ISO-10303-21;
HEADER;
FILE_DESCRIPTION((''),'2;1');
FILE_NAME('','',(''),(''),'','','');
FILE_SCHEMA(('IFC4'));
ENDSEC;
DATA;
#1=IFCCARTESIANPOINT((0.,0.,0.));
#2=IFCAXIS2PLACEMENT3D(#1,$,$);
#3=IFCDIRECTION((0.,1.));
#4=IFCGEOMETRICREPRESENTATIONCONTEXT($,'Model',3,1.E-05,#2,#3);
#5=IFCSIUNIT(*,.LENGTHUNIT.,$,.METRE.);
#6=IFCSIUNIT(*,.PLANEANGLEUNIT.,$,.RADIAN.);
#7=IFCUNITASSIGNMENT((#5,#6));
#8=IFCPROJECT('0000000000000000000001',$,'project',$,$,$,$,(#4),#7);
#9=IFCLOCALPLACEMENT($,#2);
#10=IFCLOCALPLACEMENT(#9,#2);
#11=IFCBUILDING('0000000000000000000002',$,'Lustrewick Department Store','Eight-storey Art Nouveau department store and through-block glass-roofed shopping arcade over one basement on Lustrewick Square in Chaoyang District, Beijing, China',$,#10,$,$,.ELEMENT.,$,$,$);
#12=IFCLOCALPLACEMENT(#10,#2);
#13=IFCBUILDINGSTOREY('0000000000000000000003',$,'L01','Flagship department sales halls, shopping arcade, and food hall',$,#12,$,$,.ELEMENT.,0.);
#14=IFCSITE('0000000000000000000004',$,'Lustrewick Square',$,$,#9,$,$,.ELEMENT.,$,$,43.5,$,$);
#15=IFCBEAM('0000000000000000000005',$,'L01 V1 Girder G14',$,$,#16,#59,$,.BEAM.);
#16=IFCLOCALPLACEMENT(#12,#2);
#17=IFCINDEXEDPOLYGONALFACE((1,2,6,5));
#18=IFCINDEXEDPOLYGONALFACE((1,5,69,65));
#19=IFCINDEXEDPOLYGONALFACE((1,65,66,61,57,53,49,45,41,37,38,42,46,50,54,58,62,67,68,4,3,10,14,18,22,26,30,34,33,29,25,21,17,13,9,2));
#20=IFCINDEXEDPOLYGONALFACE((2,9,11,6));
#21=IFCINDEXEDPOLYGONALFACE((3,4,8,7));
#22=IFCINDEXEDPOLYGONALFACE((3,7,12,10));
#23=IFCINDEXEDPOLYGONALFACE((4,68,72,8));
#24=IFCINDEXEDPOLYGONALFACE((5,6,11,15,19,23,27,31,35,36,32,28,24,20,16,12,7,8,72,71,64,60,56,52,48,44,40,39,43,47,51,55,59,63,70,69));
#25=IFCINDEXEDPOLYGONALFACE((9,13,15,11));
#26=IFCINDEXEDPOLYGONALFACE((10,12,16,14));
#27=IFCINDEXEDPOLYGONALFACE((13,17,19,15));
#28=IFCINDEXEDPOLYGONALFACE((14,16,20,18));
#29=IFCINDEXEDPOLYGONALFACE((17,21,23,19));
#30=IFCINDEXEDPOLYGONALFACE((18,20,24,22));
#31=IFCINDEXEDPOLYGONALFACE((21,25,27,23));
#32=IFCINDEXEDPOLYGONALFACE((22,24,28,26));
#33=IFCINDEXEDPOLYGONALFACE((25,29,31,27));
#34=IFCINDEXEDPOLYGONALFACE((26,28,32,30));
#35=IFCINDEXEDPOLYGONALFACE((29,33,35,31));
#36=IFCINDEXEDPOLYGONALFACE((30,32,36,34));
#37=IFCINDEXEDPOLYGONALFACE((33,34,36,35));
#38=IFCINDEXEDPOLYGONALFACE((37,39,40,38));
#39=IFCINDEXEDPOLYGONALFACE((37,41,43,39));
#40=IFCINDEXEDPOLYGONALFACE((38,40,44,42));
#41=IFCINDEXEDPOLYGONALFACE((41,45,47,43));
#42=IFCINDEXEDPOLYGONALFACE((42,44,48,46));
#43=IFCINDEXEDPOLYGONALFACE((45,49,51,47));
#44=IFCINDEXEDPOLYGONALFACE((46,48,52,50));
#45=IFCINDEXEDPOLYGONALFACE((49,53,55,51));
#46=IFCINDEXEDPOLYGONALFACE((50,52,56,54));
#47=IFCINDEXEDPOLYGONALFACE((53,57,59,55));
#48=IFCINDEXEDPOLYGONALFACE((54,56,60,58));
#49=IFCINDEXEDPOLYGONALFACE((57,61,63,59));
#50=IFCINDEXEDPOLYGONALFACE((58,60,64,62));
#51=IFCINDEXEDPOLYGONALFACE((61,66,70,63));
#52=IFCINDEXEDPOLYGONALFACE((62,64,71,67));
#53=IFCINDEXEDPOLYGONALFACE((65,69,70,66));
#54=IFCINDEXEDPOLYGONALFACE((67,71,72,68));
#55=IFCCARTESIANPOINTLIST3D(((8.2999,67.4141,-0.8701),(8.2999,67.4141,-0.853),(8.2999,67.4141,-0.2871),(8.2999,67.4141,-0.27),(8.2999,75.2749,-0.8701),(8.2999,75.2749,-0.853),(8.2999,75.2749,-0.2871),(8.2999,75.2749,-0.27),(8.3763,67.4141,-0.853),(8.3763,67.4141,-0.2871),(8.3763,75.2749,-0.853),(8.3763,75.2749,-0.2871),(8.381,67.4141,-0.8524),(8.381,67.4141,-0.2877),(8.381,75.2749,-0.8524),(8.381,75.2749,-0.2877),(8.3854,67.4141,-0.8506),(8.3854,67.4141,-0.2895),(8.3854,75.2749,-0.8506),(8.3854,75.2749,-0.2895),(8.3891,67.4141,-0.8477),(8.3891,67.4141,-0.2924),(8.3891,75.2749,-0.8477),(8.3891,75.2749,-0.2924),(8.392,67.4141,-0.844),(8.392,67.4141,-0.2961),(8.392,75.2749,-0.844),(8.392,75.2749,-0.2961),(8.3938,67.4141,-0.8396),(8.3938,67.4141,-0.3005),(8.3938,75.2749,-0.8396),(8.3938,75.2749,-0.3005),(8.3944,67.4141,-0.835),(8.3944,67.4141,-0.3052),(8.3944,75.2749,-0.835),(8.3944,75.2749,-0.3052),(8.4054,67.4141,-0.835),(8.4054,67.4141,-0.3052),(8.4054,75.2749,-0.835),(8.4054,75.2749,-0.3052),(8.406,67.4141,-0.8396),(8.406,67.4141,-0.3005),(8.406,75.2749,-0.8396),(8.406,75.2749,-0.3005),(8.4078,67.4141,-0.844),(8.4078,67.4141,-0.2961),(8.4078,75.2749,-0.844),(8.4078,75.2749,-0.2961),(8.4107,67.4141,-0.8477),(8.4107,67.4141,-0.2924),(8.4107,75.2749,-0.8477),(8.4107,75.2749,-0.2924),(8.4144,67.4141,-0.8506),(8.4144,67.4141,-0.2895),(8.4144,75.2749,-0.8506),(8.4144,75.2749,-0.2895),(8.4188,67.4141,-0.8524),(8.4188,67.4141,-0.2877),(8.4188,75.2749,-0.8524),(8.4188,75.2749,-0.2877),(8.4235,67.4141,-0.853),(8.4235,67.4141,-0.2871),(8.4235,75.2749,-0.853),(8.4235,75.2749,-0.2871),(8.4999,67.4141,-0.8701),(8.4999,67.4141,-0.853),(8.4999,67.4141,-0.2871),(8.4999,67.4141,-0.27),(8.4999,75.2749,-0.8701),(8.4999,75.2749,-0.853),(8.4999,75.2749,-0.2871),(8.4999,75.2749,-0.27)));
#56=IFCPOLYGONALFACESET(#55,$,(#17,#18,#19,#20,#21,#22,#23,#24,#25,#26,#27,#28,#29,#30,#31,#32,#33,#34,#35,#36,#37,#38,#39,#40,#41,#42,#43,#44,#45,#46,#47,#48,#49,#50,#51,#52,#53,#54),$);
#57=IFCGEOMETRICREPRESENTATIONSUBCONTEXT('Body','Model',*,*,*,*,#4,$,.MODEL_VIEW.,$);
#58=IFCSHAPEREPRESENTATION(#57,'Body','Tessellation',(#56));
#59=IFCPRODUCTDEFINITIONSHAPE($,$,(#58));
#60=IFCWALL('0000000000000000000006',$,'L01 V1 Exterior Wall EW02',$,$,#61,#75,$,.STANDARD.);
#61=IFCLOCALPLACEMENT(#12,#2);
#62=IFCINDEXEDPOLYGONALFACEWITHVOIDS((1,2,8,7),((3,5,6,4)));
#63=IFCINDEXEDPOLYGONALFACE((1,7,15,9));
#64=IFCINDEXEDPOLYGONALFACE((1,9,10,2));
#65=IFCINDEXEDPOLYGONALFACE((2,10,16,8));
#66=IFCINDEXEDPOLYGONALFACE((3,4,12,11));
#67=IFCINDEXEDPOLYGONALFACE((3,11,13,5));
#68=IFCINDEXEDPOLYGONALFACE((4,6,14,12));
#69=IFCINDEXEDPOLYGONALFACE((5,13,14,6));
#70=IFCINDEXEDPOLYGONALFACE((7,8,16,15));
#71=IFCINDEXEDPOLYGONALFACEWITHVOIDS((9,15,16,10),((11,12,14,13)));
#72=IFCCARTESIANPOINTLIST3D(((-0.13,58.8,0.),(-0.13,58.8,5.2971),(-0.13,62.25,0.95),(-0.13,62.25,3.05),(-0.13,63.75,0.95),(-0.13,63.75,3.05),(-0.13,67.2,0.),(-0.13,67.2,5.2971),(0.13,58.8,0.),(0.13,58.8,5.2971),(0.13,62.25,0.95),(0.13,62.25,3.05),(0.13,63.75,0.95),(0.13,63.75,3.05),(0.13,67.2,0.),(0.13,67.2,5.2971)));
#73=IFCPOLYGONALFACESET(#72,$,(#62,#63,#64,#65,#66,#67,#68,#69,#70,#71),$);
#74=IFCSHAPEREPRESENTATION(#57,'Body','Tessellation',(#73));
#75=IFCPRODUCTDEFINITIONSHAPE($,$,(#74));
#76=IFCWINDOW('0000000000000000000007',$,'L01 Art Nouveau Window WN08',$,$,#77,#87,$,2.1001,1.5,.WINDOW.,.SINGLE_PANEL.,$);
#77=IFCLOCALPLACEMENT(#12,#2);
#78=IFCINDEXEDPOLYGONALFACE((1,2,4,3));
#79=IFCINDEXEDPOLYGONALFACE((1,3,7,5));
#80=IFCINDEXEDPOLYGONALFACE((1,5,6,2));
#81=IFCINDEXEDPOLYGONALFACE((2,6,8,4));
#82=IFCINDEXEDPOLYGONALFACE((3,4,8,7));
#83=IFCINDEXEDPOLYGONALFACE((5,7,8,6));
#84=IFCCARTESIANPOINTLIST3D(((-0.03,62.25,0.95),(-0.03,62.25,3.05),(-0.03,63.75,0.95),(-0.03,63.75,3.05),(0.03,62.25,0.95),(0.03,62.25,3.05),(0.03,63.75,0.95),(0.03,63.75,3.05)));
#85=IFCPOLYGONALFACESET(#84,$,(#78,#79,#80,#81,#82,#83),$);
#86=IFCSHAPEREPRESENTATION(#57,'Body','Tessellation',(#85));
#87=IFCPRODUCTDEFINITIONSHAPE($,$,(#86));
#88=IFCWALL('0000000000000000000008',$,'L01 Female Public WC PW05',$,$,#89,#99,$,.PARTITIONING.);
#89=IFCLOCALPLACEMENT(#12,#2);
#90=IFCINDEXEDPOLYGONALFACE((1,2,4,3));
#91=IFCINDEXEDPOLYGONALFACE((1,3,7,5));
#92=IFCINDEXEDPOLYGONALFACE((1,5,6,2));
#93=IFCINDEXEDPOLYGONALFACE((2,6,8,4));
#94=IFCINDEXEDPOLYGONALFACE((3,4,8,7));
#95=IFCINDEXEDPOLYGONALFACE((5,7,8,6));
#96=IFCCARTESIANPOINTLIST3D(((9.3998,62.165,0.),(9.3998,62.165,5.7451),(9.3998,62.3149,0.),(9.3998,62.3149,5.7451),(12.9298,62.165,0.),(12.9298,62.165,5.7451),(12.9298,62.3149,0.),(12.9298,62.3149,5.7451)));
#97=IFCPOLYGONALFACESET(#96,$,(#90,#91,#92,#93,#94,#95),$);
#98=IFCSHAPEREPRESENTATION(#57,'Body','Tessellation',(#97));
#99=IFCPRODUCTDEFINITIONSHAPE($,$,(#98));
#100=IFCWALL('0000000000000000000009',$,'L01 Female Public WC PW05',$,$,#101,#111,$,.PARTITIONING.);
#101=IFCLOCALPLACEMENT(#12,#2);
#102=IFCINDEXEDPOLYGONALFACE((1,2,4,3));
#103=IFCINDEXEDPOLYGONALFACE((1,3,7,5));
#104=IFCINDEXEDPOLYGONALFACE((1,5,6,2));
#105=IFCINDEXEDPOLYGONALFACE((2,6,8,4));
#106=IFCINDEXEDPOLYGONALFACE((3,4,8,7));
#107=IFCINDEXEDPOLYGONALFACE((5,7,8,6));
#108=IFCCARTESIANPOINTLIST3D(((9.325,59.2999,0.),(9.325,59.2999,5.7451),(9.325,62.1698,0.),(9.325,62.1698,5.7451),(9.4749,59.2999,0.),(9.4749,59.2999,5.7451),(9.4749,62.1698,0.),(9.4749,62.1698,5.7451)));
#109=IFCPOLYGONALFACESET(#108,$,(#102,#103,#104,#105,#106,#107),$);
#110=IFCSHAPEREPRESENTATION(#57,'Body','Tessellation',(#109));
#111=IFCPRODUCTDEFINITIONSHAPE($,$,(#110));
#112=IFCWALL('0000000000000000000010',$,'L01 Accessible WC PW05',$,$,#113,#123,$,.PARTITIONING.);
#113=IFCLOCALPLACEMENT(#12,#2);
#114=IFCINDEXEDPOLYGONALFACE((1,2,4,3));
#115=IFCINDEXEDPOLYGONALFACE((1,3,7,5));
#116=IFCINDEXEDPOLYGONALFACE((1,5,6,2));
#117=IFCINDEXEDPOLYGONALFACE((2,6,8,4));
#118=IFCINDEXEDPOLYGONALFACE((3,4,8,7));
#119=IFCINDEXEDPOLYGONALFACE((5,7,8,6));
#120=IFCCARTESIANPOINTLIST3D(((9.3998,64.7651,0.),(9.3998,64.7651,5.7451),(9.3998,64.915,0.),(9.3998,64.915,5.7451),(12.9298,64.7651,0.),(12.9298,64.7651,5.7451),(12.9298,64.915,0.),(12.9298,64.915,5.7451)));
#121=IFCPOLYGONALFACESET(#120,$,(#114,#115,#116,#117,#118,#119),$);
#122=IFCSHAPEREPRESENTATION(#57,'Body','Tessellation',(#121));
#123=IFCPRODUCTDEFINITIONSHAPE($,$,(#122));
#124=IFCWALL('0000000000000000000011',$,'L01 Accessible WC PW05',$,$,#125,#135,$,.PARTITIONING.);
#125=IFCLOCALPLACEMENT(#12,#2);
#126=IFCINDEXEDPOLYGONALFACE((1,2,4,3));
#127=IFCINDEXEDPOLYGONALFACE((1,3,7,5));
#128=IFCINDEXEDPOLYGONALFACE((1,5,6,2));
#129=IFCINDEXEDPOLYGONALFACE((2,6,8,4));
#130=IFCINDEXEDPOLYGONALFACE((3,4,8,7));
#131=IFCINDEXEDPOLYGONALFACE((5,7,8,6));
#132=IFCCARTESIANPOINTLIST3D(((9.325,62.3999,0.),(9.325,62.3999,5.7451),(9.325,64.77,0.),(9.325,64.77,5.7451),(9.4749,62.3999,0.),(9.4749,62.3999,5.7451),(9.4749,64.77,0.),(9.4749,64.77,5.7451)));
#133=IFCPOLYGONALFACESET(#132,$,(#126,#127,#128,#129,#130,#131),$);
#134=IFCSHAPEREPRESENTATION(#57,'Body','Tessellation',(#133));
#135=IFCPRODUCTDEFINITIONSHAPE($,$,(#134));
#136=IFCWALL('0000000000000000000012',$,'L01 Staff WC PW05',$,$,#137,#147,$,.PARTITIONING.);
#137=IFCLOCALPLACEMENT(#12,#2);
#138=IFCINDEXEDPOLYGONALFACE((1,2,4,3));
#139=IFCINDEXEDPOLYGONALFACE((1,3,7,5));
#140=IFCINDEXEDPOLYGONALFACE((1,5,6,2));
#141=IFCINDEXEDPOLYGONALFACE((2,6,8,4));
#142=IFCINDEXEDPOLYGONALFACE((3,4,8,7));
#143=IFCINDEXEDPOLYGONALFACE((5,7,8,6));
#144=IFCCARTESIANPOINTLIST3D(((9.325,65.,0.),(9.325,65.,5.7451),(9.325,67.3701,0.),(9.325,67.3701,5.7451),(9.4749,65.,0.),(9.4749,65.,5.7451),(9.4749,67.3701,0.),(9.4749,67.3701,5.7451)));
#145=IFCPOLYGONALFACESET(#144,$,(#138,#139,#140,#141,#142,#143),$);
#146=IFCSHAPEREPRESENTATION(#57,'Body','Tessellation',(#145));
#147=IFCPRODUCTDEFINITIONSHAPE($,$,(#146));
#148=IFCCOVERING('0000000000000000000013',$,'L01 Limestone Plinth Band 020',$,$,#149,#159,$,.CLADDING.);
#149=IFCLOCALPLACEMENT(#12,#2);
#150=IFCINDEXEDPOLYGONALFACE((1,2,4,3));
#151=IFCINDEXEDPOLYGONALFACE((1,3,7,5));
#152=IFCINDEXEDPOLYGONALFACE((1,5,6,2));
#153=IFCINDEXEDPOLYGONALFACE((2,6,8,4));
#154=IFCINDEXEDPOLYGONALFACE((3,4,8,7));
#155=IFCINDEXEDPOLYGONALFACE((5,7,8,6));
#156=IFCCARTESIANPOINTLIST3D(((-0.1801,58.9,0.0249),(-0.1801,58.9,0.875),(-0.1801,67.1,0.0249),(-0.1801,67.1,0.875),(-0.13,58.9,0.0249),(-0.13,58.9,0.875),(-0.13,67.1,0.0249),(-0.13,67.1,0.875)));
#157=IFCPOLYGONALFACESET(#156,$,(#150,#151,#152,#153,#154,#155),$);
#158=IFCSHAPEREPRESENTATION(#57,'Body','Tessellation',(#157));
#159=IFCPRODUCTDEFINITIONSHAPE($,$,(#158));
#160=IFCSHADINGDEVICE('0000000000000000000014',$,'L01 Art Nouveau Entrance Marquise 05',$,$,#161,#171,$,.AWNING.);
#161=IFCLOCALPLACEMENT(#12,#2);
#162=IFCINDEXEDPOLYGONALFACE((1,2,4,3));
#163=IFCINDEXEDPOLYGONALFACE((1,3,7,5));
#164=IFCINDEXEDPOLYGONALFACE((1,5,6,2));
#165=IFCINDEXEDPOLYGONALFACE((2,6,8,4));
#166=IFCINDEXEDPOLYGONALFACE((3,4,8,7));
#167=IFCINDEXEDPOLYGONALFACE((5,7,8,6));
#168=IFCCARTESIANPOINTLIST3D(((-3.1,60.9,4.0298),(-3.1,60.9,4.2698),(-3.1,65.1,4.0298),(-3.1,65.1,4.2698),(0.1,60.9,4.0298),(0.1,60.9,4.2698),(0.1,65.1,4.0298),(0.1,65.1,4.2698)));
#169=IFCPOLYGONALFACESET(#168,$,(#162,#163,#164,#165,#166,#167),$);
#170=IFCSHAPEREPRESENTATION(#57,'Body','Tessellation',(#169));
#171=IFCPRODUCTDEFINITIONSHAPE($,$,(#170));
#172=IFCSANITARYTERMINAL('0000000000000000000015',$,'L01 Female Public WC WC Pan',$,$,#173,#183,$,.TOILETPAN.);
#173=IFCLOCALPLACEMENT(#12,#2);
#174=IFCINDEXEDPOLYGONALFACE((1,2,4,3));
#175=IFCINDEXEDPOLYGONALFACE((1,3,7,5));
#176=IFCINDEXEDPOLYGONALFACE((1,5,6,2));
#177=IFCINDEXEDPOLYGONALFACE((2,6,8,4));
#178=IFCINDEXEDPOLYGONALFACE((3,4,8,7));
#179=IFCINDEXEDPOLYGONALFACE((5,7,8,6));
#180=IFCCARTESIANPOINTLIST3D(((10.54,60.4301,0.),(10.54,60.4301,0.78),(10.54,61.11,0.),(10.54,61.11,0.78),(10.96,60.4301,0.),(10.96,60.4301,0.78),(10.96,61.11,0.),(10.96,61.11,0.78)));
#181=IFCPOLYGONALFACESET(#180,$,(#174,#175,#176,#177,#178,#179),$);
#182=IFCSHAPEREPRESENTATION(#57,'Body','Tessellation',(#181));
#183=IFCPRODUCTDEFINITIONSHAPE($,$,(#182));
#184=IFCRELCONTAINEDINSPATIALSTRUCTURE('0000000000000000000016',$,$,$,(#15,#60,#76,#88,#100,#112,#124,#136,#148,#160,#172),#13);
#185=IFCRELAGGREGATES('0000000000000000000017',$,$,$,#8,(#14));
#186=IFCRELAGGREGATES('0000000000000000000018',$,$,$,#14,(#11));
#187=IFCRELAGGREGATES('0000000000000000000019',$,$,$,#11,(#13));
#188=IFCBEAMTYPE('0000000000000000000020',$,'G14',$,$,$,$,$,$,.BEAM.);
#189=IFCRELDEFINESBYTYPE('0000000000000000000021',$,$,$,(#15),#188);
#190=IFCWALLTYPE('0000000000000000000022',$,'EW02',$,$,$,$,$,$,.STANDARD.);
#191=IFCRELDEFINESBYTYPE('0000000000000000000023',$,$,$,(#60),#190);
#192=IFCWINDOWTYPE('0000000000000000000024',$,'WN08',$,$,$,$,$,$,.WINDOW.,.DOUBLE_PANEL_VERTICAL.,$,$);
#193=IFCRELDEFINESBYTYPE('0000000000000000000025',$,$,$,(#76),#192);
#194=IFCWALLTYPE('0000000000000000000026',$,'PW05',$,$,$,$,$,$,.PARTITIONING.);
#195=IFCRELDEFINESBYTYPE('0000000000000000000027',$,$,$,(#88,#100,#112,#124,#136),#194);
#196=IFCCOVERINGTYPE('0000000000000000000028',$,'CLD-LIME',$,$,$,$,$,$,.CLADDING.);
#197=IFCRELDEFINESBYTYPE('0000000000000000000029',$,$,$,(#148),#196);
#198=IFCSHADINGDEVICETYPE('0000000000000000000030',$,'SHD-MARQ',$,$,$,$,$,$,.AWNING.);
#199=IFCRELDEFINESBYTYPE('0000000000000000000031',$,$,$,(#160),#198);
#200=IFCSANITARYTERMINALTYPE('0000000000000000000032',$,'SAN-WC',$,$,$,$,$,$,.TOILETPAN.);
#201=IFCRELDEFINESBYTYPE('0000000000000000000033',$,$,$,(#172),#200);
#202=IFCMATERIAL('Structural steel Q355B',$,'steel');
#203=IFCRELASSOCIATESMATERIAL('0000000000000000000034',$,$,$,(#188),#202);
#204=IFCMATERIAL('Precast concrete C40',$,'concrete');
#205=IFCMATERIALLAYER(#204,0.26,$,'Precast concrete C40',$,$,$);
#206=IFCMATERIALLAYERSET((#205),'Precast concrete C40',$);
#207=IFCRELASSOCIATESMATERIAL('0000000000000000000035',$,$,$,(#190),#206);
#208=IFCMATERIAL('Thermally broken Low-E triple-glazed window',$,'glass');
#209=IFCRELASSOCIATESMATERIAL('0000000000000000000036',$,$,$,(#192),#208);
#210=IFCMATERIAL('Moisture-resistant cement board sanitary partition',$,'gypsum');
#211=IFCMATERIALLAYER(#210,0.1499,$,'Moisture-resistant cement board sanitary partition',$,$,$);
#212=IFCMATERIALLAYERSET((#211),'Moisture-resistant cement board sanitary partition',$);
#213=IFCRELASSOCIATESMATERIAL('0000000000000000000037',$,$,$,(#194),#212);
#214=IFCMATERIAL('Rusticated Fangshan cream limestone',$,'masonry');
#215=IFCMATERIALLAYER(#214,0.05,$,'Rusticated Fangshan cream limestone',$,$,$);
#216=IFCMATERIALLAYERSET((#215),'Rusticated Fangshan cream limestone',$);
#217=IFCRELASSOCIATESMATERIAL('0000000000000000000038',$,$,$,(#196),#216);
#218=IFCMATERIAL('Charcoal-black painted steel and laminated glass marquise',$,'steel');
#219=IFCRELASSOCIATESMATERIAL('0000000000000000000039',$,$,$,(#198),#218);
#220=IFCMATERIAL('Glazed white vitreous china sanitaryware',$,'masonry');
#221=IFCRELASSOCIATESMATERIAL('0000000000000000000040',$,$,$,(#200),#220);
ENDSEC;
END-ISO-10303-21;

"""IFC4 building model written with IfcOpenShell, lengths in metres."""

from ifc_helpers import new_model, si_unit, direction, frame, frame_2d, origin, origin_2d, place, context, subcontext, project, spatial, rectangle, i_section, extrude, material, layer, layer_set, material_profile, profile_set, type_object, element, fill, save


model = new_model("IFC4")

# Units and contexts
model_context = context("Model", 3, precision=1e-05, world=origin(), true_north=direction((0.0, 1.0)))
body_context = subcontext(model_context, "Body", "Model", "MODEL_VIEW")
ifc_project = project(units=[si_unit("LENGTHUNIT", "METRE"), si_unit("PLANEANGLEUNIT", "RADIAN")], contexts=[model_context])

# Site, building, storey
site_placement = place(None, origin())
site = spatial("IfcSite", under=ifc_project, at=site_placement, Name="Lustrewick Square", CompositionType="ELEMENT", RefElevation=43.5)
building_placement = place(site_placement, origin())
building = spatial("IfcBuilding", under=site, at=building_placement, Name="Lustrewick Department Store", Description="Eight-storey Art Nouveau department store and through-block glass-roofed shopping arcade over one basement on Lustrewick Square in Chaoyang District, Beijing, China", CompositionType="ELEMENT")
storey_placement = place(building_placement, origin())
storey = spatial("IfcBuildingStorey", under=building, at=storey_placement, Name="L01", Description="Flagship department sales halls, shopping arcade, and food hall", CompositionType="ELEMENT", Elevation=0.0)

# Shared definitions
ifc_material_1 = material(Name="Structural steel Q355B", Category="steel")

# Beam
ifc_material_profile_1 = material_profile(ifc_material_1, i_section(OverallWidth=0.2, OverallDepth=0.6001, WebThickness=0.011, FlangeThickness=0.0171, FilletRadius=0.0181, at=origin_2d()), Name="HN 600x200x11x17")
ifc_profile_set_1 = profile_set([ifc_material_profile_1], Name="Structural steel Q355B")
beam_type_1 = type_object("IfcBeamType", Name="G14", PredefinedType="BEAM", material=ifc_profile_set_1)
beam_1_placement = place(storey_placement, frame((8.3999, 67.4141, -0.5701), z_axis=(0.0, 1.0, 0.0), x_axis=(-1.0, 0.0, 0.0)))
element("IfcBeam", 1, at=beam_1_placement, inside=storey, type_object=beam_type_1, Name="L01 V1 Girder G14", PredefinedType="BEAM", context=body_context, shape_type="SweptSolid", body=[
    extrude(i_section(OverallWidth=0.2, OverallDepth=0.6001, WebThickness=0.011, FlangeThickness=0.0171, FilletRadius=0.0181, at=origin_2d()), origin(), (0.0, 0.0, 1.0), 7.8608),
])

# Wall, opening, window
ifc_material_2 = material(Name="Precast concrete C40", Category="concrete")
ifc_layer_1 = layer(ifc_material_2, 0.26, Name="Precast concrete C40")
ifc_layer_set_1 = layer_set([ifc_layer_1], Name="Precast concrete C40")
wall_type_1 = type_object("IfcWallType", Name="EW02", PredefinedType="STANDARD", material=ifc_layer_set_1)
wall_1_placement = place(storey_placement, frame((0.0, 67.2, 0.0), z_axis=(0.0, 0.0, 1.0), x_axis=(0.0, -1.0, 0.0)))
wall_1 = element("IfcWall", 2, at=wall_1_placement, inside=storey, type_object=wall_type_1, Name="L01 V1 Exterior Wall EW02", PredefinedType="STANDARD", context=body_context, shape_type="SweptSolid", body=[
    extrude(rectangle(XDim=8.3999, YDim=0.26, at=frame_2d((4.2, 0.0))), origin(), (0.0, 0.0, 1.0), 5.2971),
])
opening_placement = place(wall_1_placement, frame((3.45, 0.0, 0.95)))
opening = element("IfcOpeningElement", 3, at=opening_placement, cuts=wall_1, PredefinedType="OPENING", context=body_context, shape_type="SweptSolid", body=[
    extrude(rectangle(XDim=1.5, YDim=2.1001, at=frame_2d((0.75, 1.05))), frame((0.0, 0.1401, 0.0), z_axis=(0.0, -1.0, 0.0), x_axis=(1.0, 0.0, 0.0)), (0.0, 0.0, 1.0), 0.28),
])
ifc_material_3 = material(Name="Thermally broken Low-E triple-glazed window", Category="glass")
window_type = type_object("IfcWindowType", Name="WN08", PartitioningType="DOUBLE_PANEL_VERTICAL", PredefinedType="WINDOW", material=ifc_material_3)
window_placement = place(opening_placement, origin())
window = element("IfcWindow", 4, at=window_placement, inside=storey, type_object=window_type, Name="L01 Art Nouveau Window WN08", OverallHeight=2.1001, OverallWidth=1.5, PartitioningType="SINGLE_PANEL", PredefinedType="WINDOW", context=body_context, shape_type="SweptSolid", body=[
    extrude(rectangle(XDim=1.5, YDim=2.1001, at=frame_2d((0.75, 1.05))), frame((0.0, 0.03, 0.0), z_axis=(0.0, -1.0, 0.0), x_axis=(1.0, 0.0, 0.0)), (0.0, 0.0, 1.0), 0.0601),
])
fill(opening, window)

# Walls
ifc_material_4 = material(Name="Moisture-resistant cement board sanitary partition", Category="gypsum")
ifc_layer_2 = layer(ifc_material_4, 0.1499, Name="Moisture-resistant cement board sanitary partition")
ifc_layer_set_2 = layer_set([ifc_layer_2], Name="Moisture-resistant cement board sanitary partition")
wall_type_2 = type_object("IfcWallType", Name="PW05", PredefinedType="PARTITIONING", material=ifc_layer_set_2)
wall_2_placement = place(storey_placement, frame((12.9299, 62.24, 0.0), z_axis=(0.0, 0.0, 1.0), x_axis=(-1.0, 0.0, 0.0)))
element("IfcWall", 5, at=wall_2_placement, inside=storey, type_object=wall_type_2, Name="L01 Female Public WC PW05", PredefinedType="PARTITIONING", context=body_context, shape_type="SweptSolid", body=[
    extrude(rectangle(XDim=3.53, YDim=0.1499, at=frame_2d((1.7651, 0.0))), origin(), (0.0, 0.0, 1.0), 5.7451),
])
wall_3_placement = place(storey_placement, frame((9.3999, 62.1699, 0.0), z_axis=(0.0, 0.0, 1.0), x_axis=(0.0, -1.0, 0.0)))
element("IfcWall", 6, at=wall_3_placement, inside=storey, type_object=wall_type_2, Name="L01 Female Public WC PW05", PredefinedType="PARTITIONING", context=body_context, shape_type="SweptSolid", body=[
    extrude(rectangle(XDim=2.8699, YDim=0.1499, at=frame_2d((1.4351, 0.0))), origin(), (0.0, 0.0, 1.0), 5.7451),
])
wall_4_placement = place(storey_placement, frame((12.9299, 64.8401, 0.0), z_axis=(0.0, 0.0, 1.0), x_axis=(-1.0, 0.0, 0.0)))
element("IfcWall", 7, at=wall_4_placement, inside=storey, type_object=wall_type_2, Name="L01 Accessible WC PW05", PredefinedType="PARTITIONING", context=body_context, shape_type="SweptSolid", body=[
    extrude(rectangle(XDim=3.53, YDim=0.1499, at=frame_2d((1.7651, 0.0))), origin(), (0.0, 0.0, 1.0), 5.7451),
])
for number, where, z_axis, x_axis, name in (
    (8, (9.3999, 64.77, 0.0), (0.0, 0.0, 1.0), (0.0, -1.0, 0.0), "L01 Accessible WC PW05"),
    (9, (9.3999, 67.3701, 0.0), (0.0, 0.0, 1.0), (0.0, -1.0, 0.0), "L01 Staff WC PW05"),
):
    element("IfcWall", number, at=place(storey_placement, frame(where, z_axis=z_axis, x_axis=x_axis)), inside=storey, type_object=wall_type_2, Name=name, PredefinedType="PARTITIONING", context=body_context, shape_type="SweptSolid", body=[
        extrude(rectangle(XDim=2.3701, YDim=0.1499, at=frame_2d((1.1851, 0.0))), origin(), (0.0, 0.0, 1.0), 5.7451),
    ])

# Covering
ifc_material_5 = material(Name="Rusticated Fangshan cream limestone", Category="masonry")
ifc_layer_3 = layer(ifc_material_5, 0.05, Name="Rusticated Fangshan cream limestone")
ifc_layer_set_3 = layer_set([ifc_layer_3], Name="Rusticated Fangshan cream limestone")
covering_type = type_object("IfcCoveringType", Name="CLD-LIME", PredefinedType="CLADDING", material=ifc_layer_set_3)
covering_placement = place(storey_placement, frame((-0.155, 63.0, 0.0249), z_axis=(0.0, 0.0, 1.0), x_axis=(0.0, -1.0, 0.0)))
element("IfcCovering", 10, at=covering_placement, inside=storey, type_object=covering_type, Name="L01 Limestone Plinth Band 020", PredefinedType="CLADDING", context=body_context, shape_type="SweptSolid", body=[
    extrude(rectangle(XDim=8.2, YDim=0.05, at=origin_2d()), origin(), (0.0, 0.0, 1.0), 0.8501),
])

# Shading device
ifc_material_6 = material(Name="Charcoal-black painted steel and laminated glass marquise", Category="steel")
shading_device_type = type_object("IfcShadingDeviceType", Name="SHD-MARQ", PredefinedType="AWNING", material=ifc_material_6)
shading_device_placement = place(storey_placement, frame((-1.5, 63.0, 4.0298), z_axis=(0.0, 0.0, 1.0), x_axis=(0.0, 1.0, 0.0)))
element("IfcShadingDevice", 11, at=shading_device_placement, inside=storey, type_object=shading_device_type, Name="L01 Art Nouveau Entrance Marquise 05", PredefinedType="AWNING", context=body_context, shape_type="SweptSolid", body=[
    extrude(rectangle(XDim=4.2, YDim=3.2, at=origin_2d()), origin(), (0.0, 0.0, 1.0), 0.24),
])

# Sanitary terminal
ifc_material_7 = material(Name="Glazed white vitreous china sanitaryware", Category="masonry")
sanitary_terminal_type_1 = type_object("IfcSanitaryTerminalType", Name="SAN-WC", PredefinedType="TOILETPAN", material=ifc_material_7)
for number, where, z_axis, x_axis, name in (
    (12, (10.75, 60.77, 0.0), (0.0, 0.0, 1.0), (1.0, 0.0, 0.0), "L01 Female Public WC WC Pan"),
):
    element("IfcSanitaryTerminal", number, at=place(storey_placement, frame(where, z_axis=z_axis, x_axis=x_axis)), inside=storey, type_object=sanitary_terminal_type_1, Name=name, PredefinedType="TOILETPAN", context=body_context, shape_type="SweptSolid", body=[
        extrude(rectangle(XDim=0.4199, YDim=0.6799, at=origin_2d()), origin(), (0.0, 0.0, 1.0), 0.78),
    ])

save(model, "model.ifc")
